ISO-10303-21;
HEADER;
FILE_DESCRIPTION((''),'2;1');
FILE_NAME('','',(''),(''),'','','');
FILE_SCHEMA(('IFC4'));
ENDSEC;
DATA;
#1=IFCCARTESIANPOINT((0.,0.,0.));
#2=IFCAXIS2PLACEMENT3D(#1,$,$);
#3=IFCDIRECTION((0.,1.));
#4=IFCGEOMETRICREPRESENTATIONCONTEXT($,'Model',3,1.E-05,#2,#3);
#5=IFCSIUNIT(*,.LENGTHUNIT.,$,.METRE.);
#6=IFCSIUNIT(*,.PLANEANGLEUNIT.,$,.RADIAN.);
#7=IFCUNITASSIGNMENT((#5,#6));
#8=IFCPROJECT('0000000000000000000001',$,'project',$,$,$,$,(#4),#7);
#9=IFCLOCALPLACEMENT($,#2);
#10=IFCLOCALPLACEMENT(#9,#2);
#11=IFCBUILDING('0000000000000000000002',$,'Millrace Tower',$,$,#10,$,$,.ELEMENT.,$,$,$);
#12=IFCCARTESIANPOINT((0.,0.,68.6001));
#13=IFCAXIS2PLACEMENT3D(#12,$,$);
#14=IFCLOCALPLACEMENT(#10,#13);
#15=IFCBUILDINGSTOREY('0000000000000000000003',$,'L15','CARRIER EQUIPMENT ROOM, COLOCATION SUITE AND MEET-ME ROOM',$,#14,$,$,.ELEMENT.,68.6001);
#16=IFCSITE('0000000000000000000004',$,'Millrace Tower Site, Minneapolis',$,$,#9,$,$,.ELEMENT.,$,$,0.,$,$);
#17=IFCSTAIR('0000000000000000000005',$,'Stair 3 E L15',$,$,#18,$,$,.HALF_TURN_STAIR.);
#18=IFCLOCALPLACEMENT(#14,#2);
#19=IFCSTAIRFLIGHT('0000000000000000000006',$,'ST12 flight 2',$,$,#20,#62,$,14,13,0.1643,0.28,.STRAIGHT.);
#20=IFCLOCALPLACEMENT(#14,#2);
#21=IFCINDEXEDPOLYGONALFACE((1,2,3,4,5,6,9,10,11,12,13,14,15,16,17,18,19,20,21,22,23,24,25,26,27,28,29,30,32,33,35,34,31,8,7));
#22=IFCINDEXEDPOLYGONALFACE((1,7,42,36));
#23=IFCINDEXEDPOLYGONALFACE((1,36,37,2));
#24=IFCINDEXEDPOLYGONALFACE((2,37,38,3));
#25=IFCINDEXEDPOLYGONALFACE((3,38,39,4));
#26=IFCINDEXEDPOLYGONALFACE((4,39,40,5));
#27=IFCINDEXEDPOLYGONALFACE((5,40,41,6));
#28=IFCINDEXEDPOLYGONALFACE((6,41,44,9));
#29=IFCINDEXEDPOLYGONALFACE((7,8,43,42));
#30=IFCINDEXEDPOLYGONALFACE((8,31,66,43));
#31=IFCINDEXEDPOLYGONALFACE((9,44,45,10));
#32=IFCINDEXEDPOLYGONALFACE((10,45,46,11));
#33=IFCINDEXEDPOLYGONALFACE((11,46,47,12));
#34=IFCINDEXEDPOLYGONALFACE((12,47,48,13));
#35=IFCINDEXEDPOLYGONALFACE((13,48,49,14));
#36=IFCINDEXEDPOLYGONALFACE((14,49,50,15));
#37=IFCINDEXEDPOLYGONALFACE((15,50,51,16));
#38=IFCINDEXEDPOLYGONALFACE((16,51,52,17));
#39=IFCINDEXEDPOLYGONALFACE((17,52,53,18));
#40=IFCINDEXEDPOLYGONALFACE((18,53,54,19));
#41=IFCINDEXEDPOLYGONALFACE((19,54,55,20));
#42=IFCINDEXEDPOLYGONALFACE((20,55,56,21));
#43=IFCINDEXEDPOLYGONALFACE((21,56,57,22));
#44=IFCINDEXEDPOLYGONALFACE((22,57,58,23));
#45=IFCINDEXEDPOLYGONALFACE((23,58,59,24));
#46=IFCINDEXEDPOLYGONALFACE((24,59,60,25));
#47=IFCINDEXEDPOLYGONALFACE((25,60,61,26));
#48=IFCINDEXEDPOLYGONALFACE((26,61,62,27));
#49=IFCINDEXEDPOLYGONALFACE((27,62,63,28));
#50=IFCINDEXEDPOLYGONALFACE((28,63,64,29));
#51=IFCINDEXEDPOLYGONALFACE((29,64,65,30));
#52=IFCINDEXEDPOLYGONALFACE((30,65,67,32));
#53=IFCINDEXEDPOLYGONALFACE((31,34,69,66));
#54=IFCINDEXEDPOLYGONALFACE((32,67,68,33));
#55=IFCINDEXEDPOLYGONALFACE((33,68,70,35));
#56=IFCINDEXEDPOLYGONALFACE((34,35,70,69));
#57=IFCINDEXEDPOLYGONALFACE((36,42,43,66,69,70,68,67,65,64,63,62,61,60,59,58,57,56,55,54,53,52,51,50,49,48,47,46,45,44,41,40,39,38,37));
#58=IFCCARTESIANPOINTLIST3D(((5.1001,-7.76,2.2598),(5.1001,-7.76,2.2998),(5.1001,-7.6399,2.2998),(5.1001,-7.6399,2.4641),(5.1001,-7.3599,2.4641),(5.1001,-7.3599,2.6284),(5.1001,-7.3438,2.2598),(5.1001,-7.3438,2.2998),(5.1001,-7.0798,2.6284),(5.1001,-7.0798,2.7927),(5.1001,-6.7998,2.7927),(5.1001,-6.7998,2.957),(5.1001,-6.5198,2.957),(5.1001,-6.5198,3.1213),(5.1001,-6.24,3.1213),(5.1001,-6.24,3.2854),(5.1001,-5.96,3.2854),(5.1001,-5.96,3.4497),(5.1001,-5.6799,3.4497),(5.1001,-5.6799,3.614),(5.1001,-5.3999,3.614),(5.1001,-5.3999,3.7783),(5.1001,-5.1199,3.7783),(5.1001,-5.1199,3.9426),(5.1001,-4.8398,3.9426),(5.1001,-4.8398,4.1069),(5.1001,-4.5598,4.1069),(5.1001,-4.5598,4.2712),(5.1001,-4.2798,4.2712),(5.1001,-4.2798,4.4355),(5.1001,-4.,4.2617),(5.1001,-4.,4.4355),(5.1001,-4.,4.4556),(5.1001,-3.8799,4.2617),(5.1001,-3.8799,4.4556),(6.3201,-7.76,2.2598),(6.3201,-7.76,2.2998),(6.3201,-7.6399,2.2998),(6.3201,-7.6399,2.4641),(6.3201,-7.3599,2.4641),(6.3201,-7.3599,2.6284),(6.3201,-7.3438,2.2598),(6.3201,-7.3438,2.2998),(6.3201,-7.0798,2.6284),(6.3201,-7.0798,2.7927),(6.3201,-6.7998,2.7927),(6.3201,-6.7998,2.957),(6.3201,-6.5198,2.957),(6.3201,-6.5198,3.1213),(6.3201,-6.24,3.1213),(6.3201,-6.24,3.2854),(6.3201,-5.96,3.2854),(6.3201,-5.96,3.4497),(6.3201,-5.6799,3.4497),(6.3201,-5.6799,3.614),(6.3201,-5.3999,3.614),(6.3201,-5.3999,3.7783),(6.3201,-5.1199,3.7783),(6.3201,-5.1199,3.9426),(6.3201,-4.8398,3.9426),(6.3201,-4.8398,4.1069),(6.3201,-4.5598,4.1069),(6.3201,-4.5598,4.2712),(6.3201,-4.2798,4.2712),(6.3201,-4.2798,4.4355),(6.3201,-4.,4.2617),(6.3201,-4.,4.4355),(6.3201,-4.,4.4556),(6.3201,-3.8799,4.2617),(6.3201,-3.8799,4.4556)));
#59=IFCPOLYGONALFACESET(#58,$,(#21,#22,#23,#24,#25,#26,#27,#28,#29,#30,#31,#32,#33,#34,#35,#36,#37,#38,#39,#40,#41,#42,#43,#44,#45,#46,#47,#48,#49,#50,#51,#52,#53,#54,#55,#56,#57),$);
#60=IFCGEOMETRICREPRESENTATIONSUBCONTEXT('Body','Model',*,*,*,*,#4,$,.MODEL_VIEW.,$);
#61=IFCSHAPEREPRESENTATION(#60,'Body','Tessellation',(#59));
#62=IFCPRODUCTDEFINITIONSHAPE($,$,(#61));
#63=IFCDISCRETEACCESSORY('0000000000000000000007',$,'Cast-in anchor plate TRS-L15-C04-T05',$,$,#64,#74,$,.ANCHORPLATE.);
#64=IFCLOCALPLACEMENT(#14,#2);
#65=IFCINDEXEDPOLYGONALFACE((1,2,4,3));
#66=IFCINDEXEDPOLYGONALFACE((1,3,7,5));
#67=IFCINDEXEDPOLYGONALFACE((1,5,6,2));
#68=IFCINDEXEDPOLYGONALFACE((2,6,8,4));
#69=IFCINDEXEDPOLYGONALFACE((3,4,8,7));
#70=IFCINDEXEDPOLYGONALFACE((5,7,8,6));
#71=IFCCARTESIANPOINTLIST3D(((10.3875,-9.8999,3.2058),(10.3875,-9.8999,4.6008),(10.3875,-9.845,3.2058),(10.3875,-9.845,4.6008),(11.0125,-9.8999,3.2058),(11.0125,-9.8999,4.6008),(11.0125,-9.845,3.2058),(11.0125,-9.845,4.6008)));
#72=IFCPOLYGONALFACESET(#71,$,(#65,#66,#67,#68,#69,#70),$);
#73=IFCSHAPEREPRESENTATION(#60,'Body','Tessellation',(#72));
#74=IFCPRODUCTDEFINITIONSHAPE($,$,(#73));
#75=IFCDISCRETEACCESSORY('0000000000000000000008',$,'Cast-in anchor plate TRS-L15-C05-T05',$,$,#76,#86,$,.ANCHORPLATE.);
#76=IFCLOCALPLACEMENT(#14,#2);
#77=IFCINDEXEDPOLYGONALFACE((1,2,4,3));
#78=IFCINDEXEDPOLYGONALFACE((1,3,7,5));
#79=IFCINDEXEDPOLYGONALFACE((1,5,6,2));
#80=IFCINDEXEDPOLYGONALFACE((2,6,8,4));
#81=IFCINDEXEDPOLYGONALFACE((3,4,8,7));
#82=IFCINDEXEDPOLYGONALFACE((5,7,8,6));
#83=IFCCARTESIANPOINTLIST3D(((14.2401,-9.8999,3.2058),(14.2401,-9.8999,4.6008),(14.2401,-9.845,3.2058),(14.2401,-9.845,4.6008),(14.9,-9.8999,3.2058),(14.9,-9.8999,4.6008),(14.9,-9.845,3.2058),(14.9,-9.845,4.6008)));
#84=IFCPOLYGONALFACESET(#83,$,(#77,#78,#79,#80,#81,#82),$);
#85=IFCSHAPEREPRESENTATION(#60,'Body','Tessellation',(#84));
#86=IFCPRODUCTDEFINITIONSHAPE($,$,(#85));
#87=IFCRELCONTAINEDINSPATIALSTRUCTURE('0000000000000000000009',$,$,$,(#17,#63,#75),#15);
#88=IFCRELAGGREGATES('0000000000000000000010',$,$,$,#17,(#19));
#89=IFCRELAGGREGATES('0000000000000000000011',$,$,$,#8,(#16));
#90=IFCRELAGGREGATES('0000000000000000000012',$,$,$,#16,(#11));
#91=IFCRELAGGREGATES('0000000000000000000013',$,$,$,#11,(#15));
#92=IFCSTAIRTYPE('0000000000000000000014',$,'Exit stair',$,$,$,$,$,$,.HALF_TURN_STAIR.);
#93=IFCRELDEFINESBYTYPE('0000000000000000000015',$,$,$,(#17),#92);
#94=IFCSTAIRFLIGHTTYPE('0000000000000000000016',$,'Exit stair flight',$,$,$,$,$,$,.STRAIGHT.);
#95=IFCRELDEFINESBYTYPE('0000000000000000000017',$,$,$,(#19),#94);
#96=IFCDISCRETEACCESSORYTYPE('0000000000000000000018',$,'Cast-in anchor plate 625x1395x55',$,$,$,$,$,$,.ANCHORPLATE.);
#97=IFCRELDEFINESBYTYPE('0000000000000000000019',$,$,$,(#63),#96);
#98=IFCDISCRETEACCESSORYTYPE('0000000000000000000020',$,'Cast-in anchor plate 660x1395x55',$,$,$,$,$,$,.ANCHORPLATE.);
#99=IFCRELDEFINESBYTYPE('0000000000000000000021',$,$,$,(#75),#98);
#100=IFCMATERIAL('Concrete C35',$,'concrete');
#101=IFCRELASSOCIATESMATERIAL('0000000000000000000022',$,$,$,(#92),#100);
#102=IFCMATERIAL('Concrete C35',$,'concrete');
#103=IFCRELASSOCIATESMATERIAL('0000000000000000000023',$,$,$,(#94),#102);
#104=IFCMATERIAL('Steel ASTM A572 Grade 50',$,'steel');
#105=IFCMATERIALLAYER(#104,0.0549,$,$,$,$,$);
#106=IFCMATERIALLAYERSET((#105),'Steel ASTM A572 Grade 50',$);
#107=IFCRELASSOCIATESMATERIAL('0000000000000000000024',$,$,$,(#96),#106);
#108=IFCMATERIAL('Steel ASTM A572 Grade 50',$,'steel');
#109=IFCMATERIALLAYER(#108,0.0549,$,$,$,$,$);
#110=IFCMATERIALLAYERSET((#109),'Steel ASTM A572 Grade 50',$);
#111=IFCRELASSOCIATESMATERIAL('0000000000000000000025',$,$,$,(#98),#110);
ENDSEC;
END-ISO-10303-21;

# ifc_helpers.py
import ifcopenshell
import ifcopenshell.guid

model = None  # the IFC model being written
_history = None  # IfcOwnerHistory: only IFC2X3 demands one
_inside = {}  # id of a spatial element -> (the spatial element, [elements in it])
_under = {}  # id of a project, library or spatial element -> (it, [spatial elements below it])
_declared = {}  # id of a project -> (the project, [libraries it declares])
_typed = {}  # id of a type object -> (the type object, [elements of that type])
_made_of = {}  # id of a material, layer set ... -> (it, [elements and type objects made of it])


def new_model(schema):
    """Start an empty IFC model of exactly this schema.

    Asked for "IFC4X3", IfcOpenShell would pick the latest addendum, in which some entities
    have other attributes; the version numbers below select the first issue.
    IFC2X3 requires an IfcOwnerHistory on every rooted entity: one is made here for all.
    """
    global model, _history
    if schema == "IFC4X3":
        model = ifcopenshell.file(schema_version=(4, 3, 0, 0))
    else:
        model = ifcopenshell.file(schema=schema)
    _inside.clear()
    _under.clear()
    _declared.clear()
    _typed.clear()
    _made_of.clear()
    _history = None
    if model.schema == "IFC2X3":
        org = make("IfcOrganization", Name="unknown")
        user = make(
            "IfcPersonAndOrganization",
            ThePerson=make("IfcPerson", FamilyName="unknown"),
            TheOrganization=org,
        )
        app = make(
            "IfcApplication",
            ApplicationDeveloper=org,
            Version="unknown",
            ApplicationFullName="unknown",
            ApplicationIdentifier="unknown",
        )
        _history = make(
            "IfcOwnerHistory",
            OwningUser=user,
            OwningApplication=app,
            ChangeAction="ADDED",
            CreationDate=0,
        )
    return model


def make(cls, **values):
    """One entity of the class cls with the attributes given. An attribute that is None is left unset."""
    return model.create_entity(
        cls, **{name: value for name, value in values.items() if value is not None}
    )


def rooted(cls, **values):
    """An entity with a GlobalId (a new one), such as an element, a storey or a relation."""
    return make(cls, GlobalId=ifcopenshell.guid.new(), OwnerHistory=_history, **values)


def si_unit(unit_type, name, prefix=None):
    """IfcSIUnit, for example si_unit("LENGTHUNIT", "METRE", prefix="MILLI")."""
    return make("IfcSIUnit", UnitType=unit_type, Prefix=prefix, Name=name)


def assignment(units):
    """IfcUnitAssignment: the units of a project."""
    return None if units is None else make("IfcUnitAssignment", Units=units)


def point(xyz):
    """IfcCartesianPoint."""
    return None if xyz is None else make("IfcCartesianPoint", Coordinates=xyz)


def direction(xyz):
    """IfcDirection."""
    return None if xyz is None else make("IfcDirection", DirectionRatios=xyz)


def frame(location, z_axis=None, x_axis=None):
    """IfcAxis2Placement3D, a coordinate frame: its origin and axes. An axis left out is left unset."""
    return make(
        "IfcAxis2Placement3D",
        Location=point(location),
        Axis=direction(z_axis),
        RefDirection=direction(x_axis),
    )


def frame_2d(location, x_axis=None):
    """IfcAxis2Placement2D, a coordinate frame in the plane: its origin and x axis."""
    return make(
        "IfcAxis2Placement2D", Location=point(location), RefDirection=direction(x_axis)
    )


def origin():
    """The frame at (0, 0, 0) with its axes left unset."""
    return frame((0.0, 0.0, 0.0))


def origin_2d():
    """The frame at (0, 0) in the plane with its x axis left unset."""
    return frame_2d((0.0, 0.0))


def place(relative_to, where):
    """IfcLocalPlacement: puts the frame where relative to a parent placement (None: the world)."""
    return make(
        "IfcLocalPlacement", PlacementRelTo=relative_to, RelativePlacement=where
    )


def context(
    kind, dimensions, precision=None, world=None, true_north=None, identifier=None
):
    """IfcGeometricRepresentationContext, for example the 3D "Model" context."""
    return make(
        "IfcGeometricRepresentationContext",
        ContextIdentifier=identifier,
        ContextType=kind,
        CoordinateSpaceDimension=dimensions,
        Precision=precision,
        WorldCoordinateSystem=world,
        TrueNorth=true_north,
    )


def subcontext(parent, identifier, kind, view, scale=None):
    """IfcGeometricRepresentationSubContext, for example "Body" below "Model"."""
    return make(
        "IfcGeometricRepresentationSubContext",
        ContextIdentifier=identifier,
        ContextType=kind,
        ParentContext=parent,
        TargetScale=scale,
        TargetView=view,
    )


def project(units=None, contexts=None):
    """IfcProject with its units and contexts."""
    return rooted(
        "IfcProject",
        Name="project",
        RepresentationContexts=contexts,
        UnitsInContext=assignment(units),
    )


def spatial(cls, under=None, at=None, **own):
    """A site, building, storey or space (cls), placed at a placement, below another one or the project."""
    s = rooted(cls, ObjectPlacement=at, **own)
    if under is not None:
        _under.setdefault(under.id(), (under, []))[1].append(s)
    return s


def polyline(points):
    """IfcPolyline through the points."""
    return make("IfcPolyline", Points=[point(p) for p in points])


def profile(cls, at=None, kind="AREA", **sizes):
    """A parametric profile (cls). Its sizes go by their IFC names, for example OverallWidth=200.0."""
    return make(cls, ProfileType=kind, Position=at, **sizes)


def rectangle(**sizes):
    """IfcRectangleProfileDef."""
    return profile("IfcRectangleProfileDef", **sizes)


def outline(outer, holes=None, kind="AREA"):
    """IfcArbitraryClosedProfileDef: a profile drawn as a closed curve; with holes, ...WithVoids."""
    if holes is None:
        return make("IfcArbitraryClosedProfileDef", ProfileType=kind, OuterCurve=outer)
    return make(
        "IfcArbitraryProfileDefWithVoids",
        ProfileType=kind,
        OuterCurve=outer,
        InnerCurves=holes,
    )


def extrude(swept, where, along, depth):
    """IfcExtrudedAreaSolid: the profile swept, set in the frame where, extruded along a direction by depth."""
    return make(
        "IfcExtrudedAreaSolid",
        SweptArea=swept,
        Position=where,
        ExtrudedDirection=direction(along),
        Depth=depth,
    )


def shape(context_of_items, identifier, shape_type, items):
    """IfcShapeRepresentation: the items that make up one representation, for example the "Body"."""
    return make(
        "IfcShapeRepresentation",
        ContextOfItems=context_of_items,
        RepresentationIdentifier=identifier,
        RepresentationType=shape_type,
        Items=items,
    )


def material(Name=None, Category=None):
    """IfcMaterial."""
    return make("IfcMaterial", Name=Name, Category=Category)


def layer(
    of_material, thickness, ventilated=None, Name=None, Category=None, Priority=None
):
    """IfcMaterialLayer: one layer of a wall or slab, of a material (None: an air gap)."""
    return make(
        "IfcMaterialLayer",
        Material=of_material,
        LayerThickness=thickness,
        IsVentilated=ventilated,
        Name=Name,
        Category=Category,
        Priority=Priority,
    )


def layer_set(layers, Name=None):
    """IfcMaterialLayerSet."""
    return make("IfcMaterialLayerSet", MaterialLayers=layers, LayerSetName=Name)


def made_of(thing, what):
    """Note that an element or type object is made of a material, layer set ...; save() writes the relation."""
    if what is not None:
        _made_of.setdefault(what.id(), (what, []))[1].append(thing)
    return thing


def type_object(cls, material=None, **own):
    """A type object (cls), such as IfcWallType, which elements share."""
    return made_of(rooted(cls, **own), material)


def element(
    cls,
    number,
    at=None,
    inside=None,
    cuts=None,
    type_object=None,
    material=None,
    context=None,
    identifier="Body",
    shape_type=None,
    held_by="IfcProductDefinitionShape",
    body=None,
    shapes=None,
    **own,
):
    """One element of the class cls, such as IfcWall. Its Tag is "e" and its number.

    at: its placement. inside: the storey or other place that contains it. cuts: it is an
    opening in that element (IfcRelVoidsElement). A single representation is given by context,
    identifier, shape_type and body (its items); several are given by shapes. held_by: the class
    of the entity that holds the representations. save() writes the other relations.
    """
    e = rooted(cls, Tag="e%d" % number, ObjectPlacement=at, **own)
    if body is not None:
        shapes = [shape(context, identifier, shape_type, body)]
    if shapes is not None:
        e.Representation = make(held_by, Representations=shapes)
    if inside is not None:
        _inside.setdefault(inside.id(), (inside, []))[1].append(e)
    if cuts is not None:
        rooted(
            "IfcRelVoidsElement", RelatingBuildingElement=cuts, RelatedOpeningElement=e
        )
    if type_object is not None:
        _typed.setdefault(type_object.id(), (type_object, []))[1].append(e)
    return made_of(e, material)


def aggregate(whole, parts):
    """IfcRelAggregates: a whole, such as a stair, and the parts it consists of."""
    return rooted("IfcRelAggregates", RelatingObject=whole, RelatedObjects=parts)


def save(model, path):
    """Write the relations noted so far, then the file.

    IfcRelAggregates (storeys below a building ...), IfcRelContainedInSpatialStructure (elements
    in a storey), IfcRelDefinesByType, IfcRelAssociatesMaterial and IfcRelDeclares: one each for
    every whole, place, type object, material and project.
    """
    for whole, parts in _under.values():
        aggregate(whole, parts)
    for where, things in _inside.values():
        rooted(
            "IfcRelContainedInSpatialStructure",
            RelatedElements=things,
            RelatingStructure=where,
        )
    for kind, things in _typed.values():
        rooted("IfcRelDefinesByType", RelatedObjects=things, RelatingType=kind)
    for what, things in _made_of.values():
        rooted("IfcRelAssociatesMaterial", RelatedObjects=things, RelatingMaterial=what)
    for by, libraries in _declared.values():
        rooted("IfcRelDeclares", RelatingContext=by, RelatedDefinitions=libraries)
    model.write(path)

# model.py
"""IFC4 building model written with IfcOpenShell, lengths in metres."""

from ifc_helpers import new_model, si_unit, direction, frame, origin, origin_2d, place, context, subcontext, project, spatial, polyline, rectangle, outline, extrude, material, layer, layer_set, type_object, element, aggregate, save


model = new_model("IFC4")

# Units and contexts
model_context = context("Model", 3, precision=1e-05, world=origin(), true_north=direction((0.0, 1.0)))
body_context = subcontext(model_context, "Body", "Model", "MODEL_VIEW")
ifc_project = project(units=[si_unit("LENGTHUNIT", "METRE"), si_unit("PLANEANGLEUNIT", "RADIAN")], contexts=[model_context])

# Site, building, storey
site_placement = place(None, origin())
site = spatial("IfcSite", under=ifc_project, at=site_placement, Name="Millrace Tower Site, Minneapolis", CompositionType="ELEMENT", RefElevation=0.0)
building_placement = place(site_placement, origin())
building = spatial("IfcBuilding", under=site, at=building_placement, Name="Millrace Tower", CompositionType="ELEMENT")
storey_placement = place(building_placement, frame((0.0, 0.0, 68.6001)))
storey = spatial("IfcBuildingStorey", under=building, at=storey_placement, Name="L15", Description="CARRIER EQUIPMENT ROOM, COLOCATION SUITE AND MEET-ME ROOM", CompositionType="ELEMENT", Elevation=68.6001)

# Stair, stair flight
ifc_material_1 = material(Name="Concrete C35", Category="concrete")
stair_type = type_object("IfcStairType", Name="Exit stair", PredefinedType="HALF_TURN_STAIR", material=ifc_material_1)
placement = place(storey_placement, origin())
ifc_material_2 = material(Name="Concrete C35", Category="concrete")
stair_flight_type = type_object("IfcStairFlightType", Name="Exit stair flight", PredefinedType="STRAIGHT", material=ifc_material_2)
stair_1 = element("IfcStair", 1, at=placement, inside=storey, type_object=stair_type, Name="Stair 3 E L15", PredefinedType="HALF_TURN_STAIR")
stair_flight_1_placement = place(storey_placement, frame((5.71, -7.6399, 2.2998), z_axis=(0.0, 0.0, 1.0), x_axis=(0.0, 1.0, 0.0)))
stair_flight_1 = element("IfcStairFlight", 2, at=stair_flight_1_placement, type_object=stair_flight_type, Name="ST12 flight 2", NumberOfRisers=14, NumberOfTreads=13, PredefinedType="STRAIGHT", RiserHeight=0.1643, TreadLength=0.28, context=body_context, shape_type="SweptSolid", body=[
    extrude(outline(polyline([(-0.1201, -0.04), (-0.1201, 0.0), (0.0, 0.0), (0.0, 0.1643), (0.28, 0.1643), (0.28, 0.3286), (0.5601, 0.3286), (0.5601, 0.4929), (0.8401, 0.4929), (0.8401, 0.6572), (1.1201, 0.6572), (1.1201, 0.8215), (1.3999, 0.8215), (1.3999, 0.9856), (1.6799, 0.9856), (1.6799, 1.1499), (1.96, 1.1499), (1.96, 1.3142), (2.24, 1.3142), (2.24, 1.4785), (2.52, 1.4785), (2.52, 1.6428), (2.8, 1.6428), (2.8, 1.8071), (3.0801, 1.8071), (3.0801, 1.9714), (3.3601, 1.9714), (3.3601, 2.1357), (3.6399, 2.1357), (3.6399, 2.1558), (3.76, 2.1558), (3.76, 1.9619), (3.6399, 1.9619), (0.2961, 0.0), (0.2961, -0.04), (-0.1201, -0.04)])), frame((0.0, 0.6099, 0.0), z_axis=(0.0, -1.0, 0.0), x_axis=(1.0, 0.0, 0.0)), (0.0, 0.0, 1.0), 1.22),
])
aggregate(stair_1, [stair_flight_1])

# Discrete accessories
ifc_material_3 = material(Name="Steel ASTM A572 Grade 50", Category="steel")
ifc_layer_1 = layer(ifc_material_3, 0.0549)
ifc_layer_set_1 = layer_set([ifc_layer_1], Name="Steel ASTM A572 Grade 50")
discrete_accessory_type_1 = type_object("IfcDiscreteAccessoryType", Name="Cast-in anchor plate 625x1395x55", PredefinedType="ANCHORPLATE", material=ifc_layer_set_1)
discrete_accessory_1_placement = place(storey_placement, frame((10.7, -9.845, 3.9033), z_axis=(0.0, -1.0, 0.0), x_axis=(1.0, 0.0, 0.0)))
element("IfcDiscreteAccessory", 3, at=discrete_accessory_1_placement, inside=storey, type_object=discrete_accessory_type_1, Name="Cast-in anchor plate TRS-L15-C04-T05", PredefinedType="ANCHORPLATE", context=body_context, shape_type="SweptSolid", body=[
    extrude(rectangle(XDim=0.625, YDim=1.395, at=origin_2d()), origin(), (0.0, 0.0, 1.0), 0.0549),
])
ifc_material_4 = material(Name="Steel ASTM A572 Grade 50", Category="steel")
ifc_layer_2 = layer(ifc_material_4, 0.0549)
ifc_layer_set_2 = layer_set([ifc_layer_2], Name="Steel ASTM A572 Grade 50")
discrete_accessory_type_2 = type_object("IfcDiscreteAccessoryType", Name="Cast-in anchor plate 660x1395x55", PredefinedType="ANCHORPLATE", material=ifc_layer_set_2)
discrete_accessory_2_placement = place(storey_placement, frame((14.5701, -9.845, 3.9033), z_axis=(0.0, -1.0, 0.0), x_axis=(1.0, 0.0, 0.0)))
element("IfcDiscreteAccessory", 4, at=discrete_accessory_2_placement, inside=storey, type_object=discrete_accessory_type_2, Name="Cast-in anchor plate TRS-L15-C05-T05", PredefinedType="ANCHORPLATE", context=body_context, shape_type="SweptSolid", body=[
    extrude(rectangle(XDim=0.6599, YDim=1.395, at=origin_2d()), origin(), (0.0, 0.0, 1.0), 0.0549),
])

save(model, "model.ifc")
